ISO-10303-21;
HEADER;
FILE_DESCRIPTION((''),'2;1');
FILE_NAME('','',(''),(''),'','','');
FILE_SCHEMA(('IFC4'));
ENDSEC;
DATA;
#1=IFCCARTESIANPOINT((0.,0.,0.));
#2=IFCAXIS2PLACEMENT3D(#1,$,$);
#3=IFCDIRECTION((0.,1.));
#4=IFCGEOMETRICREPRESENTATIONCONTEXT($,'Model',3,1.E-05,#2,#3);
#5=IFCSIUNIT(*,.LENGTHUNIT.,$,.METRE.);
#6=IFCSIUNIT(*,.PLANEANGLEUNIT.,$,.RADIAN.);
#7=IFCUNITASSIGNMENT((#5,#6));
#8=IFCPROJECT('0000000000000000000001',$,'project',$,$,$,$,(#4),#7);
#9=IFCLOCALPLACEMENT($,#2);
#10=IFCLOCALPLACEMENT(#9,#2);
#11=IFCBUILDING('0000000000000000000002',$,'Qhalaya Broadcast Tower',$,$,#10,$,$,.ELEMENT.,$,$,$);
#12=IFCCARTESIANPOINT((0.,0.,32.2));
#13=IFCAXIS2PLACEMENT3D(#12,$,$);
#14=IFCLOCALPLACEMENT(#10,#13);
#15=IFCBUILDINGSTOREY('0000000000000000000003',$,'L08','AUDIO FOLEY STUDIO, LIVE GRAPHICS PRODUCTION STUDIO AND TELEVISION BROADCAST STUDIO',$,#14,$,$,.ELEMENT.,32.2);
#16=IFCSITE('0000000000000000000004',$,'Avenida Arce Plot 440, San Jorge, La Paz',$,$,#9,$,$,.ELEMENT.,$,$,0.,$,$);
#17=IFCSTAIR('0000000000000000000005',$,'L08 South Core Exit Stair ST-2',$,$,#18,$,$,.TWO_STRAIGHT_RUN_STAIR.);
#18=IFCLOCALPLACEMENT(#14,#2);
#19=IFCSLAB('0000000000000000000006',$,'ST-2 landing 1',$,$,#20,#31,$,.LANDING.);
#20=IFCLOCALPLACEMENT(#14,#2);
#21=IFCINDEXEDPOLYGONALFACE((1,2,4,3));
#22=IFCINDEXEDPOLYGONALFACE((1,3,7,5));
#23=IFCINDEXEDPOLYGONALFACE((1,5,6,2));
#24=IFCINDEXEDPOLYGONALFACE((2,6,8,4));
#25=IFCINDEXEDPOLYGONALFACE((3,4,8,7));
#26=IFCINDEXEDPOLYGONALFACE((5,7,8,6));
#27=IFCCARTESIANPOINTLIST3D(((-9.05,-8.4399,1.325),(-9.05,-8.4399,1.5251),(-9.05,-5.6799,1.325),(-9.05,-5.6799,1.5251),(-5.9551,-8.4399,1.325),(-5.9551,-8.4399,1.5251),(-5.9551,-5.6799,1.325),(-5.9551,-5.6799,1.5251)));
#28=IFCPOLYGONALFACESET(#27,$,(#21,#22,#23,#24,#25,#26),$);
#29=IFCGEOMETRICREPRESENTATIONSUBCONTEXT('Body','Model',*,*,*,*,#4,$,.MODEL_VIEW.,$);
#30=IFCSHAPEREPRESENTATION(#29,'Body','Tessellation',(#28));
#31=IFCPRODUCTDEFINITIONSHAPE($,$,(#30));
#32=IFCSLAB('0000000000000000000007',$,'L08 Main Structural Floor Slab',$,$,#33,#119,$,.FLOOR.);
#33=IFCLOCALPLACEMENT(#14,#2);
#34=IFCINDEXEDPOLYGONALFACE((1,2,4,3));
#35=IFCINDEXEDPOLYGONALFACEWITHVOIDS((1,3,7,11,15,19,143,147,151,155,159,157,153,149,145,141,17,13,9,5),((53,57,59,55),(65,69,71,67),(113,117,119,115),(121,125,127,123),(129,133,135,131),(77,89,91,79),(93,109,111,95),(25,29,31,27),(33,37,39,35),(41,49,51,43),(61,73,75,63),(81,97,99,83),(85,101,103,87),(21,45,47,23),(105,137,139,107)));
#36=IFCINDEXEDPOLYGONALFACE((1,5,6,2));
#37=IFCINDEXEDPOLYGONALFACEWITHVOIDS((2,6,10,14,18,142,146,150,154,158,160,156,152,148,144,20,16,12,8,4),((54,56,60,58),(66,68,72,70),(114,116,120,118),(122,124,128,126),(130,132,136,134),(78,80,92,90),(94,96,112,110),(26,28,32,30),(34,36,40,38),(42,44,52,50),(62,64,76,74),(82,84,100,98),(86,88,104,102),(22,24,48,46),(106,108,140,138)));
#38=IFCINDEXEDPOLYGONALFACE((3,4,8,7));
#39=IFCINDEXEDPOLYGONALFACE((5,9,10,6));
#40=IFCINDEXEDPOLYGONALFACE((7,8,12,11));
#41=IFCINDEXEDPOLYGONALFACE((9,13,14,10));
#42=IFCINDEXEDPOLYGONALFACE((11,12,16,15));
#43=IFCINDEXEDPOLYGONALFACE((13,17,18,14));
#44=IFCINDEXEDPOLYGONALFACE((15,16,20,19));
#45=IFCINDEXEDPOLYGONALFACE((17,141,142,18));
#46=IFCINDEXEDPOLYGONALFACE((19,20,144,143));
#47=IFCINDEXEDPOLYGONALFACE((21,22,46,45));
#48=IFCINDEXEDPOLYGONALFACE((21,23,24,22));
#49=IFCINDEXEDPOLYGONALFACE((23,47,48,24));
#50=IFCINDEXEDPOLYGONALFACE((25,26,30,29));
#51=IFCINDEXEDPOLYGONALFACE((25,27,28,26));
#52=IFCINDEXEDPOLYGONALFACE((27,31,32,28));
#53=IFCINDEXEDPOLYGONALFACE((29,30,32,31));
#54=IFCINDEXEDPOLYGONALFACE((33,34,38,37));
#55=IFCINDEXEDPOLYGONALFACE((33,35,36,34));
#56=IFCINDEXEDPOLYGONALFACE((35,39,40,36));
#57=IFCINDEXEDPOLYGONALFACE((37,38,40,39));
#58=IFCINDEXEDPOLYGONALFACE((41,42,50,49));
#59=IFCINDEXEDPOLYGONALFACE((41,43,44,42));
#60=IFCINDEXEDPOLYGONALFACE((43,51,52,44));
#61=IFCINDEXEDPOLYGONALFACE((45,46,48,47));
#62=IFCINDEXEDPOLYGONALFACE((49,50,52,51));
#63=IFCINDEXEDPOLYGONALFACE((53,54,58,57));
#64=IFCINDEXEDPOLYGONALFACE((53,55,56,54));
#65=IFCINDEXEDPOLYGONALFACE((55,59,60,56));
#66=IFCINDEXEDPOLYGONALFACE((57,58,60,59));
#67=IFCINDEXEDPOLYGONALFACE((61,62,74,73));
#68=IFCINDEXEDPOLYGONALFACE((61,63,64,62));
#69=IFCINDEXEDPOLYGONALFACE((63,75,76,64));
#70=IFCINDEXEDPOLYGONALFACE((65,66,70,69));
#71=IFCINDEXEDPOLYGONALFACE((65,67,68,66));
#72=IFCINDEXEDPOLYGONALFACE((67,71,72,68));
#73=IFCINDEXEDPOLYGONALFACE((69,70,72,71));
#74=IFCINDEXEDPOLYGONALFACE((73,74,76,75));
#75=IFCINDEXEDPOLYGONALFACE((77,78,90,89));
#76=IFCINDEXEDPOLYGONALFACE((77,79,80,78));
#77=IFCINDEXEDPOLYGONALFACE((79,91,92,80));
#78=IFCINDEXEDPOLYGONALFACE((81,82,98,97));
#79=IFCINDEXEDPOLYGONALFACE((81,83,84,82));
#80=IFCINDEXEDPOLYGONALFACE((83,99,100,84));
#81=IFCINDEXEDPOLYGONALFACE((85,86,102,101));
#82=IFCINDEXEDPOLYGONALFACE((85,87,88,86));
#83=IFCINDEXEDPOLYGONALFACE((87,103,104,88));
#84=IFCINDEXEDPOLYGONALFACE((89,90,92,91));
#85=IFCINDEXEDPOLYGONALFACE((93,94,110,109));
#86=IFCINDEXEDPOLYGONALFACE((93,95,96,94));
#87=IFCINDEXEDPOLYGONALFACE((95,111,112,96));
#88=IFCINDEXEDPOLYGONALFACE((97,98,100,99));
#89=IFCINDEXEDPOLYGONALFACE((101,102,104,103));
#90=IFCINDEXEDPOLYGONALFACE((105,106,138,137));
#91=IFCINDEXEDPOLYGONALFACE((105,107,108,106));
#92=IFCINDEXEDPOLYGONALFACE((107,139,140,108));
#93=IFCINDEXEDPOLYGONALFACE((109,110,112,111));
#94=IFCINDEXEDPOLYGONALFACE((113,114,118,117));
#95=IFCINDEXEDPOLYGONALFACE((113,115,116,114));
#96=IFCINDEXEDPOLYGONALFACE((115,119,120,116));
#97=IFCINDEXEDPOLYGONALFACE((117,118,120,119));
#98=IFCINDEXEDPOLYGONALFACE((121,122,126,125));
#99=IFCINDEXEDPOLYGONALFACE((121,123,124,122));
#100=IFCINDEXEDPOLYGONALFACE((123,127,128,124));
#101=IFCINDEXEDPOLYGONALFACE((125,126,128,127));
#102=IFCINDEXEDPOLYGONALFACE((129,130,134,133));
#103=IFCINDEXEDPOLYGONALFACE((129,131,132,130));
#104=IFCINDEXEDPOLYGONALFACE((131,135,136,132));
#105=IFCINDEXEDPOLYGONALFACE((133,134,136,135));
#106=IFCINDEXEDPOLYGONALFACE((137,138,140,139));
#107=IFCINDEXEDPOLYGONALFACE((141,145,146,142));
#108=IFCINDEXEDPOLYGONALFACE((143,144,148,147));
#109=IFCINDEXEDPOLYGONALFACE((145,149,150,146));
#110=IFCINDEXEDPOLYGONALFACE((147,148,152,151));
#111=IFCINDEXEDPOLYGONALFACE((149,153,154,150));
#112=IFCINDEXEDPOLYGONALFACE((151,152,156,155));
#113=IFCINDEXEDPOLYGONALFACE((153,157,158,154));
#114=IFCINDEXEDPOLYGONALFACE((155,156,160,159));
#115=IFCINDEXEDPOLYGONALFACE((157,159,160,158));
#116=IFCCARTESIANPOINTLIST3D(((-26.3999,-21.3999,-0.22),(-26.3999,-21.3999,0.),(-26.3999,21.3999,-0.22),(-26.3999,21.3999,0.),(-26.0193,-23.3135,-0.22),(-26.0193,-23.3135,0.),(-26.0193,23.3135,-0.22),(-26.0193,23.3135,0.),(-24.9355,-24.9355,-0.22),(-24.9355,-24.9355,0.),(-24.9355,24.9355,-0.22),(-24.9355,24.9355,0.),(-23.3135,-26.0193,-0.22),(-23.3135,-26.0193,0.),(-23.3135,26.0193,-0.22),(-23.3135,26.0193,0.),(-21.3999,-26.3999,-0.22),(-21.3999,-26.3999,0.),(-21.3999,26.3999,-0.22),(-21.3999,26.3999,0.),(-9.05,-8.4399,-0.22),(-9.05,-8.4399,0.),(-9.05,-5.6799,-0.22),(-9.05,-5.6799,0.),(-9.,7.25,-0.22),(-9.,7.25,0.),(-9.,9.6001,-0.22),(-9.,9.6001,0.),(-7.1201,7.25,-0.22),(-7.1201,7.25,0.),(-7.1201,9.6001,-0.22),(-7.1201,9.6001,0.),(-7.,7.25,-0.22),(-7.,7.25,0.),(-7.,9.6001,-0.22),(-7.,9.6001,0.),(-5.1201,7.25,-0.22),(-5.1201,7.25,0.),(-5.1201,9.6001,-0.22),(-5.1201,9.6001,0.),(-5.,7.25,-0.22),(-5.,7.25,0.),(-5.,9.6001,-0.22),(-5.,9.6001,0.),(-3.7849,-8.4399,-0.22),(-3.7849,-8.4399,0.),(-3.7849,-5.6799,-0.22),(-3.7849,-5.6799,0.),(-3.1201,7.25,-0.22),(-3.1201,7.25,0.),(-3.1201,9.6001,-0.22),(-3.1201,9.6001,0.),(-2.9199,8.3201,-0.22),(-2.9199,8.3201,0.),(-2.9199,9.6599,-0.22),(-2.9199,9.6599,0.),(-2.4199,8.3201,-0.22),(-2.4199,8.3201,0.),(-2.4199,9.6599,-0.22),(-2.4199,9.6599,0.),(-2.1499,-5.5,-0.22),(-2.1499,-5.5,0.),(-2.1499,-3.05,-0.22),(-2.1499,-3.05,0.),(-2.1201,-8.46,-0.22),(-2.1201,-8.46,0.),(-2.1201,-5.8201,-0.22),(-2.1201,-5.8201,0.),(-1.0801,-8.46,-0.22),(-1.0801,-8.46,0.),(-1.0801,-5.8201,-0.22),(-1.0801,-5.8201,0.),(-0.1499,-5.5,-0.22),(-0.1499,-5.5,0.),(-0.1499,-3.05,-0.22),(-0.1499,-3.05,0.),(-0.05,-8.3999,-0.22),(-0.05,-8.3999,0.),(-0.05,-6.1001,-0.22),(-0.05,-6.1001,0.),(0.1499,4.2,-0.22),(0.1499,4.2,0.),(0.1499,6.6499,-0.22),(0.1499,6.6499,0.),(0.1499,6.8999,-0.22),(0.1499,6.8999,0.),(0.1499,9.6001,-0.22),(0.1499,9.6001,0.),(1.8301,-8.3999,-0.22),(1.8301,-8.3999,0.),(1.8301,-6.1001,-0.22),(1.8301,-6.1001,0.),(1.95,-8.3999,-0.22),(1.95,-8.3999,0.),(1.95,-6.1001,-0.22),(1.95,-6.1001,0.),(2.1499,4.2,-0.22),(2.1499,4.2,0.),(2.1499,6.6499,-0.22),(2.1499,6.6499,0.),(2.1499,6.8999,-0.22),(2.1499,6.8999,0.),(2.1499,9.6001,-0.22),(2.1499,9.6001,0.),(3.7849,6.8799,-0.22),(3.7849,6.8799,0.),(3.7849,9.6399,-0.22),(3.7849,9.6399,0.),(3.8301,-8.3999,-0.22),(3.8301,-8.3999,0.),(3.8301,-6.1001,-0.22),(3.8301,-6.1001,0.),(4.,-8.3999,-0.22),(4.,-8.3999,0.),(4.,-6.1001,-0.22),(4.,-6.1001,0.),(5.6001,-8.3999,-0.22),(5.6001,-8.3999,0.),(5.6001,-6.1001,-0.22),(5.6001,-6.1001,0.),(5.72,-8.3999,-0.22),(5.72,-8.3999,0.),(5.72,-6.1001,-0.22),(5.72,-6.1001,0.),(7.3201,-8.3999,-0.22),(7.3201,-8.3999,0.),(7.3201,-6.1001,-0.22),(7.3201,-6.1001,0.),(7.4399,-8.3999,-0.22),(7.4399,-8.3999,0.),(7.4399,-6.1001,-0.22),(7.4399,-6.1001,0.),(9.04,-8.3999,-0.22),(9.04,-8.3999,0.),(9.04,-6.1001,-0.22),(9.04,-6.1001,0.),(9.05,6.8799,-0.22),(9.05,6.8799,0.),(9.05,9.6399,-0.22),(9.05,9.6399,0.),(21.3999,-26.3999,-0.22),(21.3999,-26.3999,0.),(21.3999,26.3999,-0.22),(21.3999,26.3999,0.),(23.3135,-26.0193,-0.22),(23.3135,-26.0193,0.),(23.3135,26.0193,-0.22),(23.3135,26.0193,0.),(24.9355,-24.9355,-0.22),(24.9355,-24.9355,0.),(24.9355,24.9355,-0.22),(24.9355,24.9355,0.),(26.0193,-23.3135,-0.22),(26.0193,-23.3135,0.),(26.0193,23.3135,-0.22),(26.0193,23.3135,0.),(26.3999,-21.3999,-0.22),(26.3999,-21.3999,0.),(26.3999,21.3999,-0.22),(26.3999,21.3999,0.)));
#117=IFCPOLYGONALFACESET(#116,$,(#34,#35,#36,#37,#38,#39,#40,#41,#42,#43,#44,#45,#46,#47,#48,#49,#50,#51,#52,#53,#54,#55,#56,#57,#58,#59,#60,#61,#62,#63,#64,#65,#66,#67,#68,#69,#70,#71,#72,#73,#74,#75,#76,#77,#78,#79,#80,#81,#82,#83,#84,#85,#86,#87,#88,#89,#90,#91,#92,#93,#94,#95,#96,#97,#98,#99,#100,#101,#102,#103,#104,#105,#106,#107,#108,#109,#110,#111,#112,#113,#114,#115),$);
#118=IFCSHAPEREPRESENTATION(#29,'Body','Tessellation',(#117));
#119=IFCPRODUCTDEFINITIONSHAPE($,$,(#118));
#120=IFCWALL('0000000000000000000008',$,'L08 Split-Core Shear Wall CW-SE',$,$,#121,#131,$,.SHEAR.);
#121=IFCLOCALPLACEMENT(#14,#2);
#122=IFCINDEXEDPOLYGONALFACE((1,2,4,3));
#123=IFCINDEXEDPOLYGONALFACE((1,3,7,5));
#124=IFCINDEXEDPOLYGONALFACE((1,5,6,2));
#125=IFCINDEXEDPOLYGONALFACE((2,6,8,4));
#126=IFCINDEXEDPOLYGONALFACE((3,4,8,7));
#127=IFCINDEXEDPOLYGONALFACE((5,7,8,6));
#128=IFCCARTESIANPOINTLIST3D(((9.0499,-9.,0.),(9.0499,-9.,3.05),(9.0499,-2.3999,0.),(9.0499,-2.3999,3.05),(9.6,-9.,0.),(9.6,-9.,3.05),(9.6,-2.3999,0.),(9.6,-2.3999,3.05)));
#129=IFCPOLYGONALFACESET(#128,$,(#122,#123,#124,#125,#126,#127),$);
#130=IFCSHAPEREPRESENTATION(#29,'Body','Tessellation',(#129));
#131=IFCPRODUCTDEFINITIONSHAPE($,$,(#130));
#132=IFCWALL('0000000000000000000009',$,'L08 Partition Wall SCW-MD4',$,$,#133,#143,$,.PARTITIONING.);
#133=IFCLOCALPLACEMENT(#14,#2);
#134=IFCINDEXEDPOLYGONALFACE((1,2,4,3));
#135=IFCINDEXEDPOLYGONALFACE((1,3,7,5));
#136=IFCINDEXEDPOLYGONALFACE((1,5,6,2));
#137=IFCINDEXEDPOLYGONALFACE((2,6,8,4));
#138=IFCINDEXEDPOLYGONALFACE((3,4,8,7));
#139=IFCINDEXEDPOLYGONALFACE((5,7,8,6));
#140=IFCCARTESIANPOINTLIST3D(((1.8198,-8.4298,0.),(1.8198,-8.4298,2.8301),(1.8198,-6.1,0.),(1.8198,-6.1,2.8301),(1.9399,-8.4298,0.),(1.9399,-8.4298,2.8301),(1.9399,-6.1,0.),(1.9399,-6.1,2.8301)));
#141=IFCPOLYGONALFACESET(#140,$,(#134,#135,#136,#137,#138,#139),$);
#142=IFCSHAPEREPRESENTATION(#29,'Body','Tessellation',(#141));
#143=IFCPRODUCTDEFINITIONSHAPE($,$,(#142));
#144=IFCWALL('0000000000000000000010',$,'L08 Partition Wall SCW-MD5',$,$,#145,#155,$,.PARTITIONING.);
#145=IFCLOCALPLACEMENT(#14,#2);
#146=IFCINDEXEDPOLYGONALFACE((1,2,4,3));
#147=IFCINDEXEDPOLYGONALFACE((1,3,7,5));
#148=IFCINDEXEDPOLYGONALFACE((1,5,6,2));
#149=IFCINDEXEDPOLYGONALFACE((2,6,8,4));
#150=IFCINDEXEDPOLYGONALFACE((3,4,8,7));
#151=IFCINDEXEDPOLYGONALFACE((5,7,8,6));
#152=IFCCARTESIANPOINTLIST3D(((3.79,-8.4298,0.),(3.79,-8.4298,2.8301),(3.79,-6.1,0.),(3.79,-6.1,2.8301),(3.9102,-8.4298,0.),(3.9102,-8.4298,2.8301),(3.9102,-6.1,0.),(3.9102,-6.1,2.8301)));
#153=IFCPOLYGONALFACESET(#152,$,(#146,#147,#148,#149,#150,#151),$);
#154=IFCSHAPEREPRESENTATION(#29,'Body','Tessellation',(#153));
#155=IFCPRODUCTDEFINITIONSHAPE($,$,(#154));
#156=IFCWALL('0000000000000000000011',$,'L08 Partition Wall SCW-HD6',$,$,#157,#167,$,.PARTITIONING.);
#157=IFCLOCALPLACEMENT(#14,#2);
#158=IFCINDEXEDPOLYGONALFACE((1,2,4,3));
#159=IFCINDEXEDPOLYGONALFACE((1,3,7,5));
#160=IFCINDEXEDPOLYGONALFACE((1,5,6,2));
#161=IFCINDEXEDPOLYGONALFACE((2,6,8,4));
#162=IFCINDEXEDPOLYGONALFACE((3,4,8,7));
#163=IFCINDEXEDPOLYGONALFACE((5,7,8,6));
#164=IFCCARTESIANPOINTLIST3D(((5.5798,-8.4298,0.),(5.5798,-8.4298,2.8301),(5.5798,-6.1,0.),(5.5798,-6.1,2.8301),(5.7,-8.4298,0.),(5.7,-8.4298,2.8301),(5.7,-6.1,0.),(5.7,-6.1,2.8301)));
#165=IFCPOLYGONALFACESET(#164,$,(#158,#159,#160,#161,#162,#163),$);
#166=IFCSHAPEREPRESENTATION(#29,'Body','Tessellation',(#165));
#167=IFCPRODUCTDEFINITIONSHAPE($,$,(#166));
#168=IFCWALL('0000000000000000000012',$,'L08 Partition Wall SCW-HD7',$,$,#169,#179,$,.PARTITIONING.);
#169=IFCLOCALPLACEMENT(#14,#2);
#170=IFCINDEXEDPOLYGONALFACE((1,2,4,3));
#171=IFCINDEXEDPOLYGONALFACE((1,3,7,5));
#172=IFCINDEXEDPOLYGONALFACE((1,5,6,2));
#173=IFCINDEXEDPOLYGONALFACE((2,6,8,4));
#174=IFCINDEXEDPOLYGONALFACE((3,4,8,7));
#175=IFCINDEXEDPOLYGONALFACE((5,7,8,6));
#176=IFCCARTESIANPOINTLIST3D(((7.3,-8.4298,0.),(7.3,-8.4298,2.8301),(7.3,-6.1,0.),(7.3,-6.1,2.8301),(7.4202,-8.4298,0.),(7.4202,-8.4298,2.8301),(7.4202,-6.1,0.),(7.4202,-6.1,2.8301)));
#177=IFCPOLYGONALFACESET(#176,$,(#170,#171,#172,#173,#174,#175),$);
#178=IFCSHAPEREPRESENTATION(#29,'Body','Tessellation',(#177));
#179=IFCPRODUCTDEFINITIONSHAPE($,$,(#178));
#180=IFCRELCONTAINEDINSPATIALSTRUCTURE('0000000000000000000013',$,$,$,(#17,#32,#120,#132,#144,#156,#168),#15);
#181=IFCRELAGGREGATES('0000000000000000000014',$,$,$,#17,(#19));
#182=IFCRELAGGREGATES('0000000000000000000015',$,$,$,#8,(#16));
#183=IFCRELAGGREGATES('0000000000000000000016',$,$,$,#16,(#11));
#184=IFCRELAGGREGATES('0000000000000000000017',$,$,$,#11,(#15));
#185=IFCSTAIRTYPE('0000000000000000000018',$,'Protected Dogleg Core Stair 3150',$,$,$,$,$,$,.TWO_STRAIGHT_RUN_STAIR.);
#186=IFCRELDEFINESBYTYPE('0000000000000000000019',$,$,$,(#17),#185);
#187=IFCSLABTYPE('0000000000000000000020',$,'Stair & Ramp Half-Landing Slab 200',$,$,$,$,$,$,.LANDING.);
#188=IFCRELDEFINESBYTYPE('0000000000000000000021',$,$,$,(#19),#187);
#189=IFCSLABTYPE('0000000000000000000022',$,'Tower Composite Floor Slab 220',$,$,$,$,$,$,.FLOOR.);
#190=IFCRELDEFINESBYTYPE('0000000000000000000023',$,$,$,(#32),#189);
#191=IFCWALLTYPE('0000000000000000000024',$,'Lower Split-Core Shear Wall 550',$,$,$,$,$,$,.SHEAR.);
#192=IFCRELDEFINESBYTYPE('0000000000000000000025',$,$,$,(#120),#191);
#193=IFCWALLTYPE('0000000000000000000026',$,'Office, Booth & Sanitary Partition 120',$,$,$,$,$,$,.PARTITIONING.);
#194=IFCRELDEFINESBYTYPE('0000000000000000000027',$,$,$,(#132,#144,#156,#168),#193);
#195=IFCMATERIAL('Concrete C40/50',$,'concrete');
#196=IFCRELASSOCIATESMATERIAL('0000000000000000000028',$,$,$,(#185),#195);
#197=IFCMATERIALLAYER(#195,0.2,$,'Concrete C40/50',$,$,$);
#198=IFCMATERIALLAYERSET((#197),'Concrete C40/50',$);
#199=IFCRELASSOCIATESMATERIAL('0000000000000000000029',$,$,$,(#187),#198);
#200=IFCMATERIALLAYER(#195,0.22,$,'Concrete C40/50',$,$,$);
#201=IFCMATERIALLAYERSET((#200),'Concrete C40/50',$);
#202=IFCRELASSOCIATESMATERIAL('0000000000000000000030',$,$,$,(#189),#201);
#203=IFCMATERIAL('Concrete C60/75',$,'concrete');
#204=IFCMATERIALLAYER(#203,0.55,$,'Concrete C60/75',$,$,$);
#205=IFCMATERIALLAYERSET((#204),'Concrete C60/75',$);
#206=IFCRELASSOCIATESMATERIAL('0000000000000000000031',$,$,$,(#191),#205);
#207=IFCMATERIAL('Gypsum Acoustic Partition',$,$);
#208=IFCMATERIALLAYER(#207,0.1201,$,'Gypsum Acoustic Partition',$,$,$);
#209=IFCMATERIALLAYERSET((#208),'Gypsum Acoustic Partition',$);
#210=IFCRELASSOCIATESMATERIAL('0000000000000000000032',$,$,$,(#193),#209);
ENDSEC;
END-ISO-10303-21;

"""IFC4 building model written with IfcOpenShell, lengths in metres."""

from ifc_helpers import new_model, si_unit, direction, frame, frame_2d, origin, place, context, subcontext, project, spatial, polyline, rectangle, outline, extrude, material, layer, layer_set, type_object, element, aggregate, save


model = new_model("IFC4")

# Units and contexts
model_context = context("Model", 3, precision=1e-05, world=origin(), true_north=direction((0.0, 1.0)))
body_context = subcontext(model_context, "Body", "Model", "MODEL_VIEW")
ifc_project = project(units=[si_unit("LENGTHUNIT", "METRE"), si_unit("PLANEANGLEUNIT", "RADIAN")], contexts=[model_context])

# Site, building, storey
site_placement = place(None, origin())
site = spatial("IfcSite", under=ifc_project, at=site_placement, Name="Avenida Arce Plot 440, San Jorge, La Paz", CompositionType="ELEMENT", RefElevation=0.0)
building_placement = place(site_placement, origin())
building = spatial("IfcBuilding", under=site, at=building_placement, Name="Qhalaya Broadcast Tower", CompositionType="ELEMENT")
storey_placement = place(building_placement, frame((0.0, 0.0, 32.2)))
storey = spatial("IfcBuildingStorey", under=building, at=storey_placement, Name="L08", Description="AUDIO FOLEY STUDIO, LIVE GRAPHICS PRODUCTION STUDIO AND TELEVISION BROADCAST STUDIO", CompositionType="ELEMENT", Elevation=32.2)

# Stair, slab
ifc_material_1 = material(Name="Concrete C40/50", Category="concrete")
stair_type = type_object("IfcStairType", Name="Protected Dogleg Core Stair 3150", PredefinedType="TWO_STRAIGHT_RUN_STAIR", material=ifc_material_1)
ifc_layer_1 = layer(ifc_material_1, 0.2, Name="Concrete C40/50")
ifc_layer_set_1 = layer_set([ifc_layer_1], Name="Concrete C40/50")
slab_type_1 = type_object("IfcSlabType", Name="Stair & Ramp Half-Landing Slab 200", PredefinedType="LANDING", material=ifc_layer_set_1)
stair_1_placement = place(storey_placement, origin())
stair_1 = element("IfcStair", 1, at=stair_1_placement, inside=storey, type_object=stair_type, Name="L08 South Core Exit Stair ST-2", PredefinedType="TWO_STRAIGHT_RUN_STAIR")
slab_1_placement = place(storey_placement, frame((0.0, 0.0, 1.325)))
slab_1 = element("IfcSlab", 2, at=slab_1_placement, type_object=slab_type_1, Name="ST-2 landing 1", PredefinedType="LANDING", context=body_context, shape_type="SweptSolid", body=[
    extrude(outline(polyline([(-5.9551, -5.6799), (-9.05, -5.6799), (-9.05, -8.4399), (-5.9551, -8.4399), (-5.9551, -5.6799)])), origin(), (0.0, 0.0, 1.0), 0.2002),
])
aggregate(stair_1, [slab_1])

# Slab
ifc_layer_2 = layer(ifc_material_1, 0.22, Name="Concrete C40/50")
ifc_layer_set_2 = layer_set([ifc_layer_2], Name="Concrete C40/50")
slab_type_2 = type_object("IfcSlabType", Name="Tower Composite Floor Slab 220", PredefinedType="FLOOR", material=ifc_layer_set_2)
slab_2_placement = place(storey_placement, frame((0.0, 0.0, -0.22)))
element("IfcSlab", 3, at=slab_2_placement, inside=storey, type_object=slab_type_2, Name="L08 Main Structural Floor Slab", PredefinedType="FLOOR", context=body_context, shape_type="SweptSolid", body=[
    extrude(outline(polyline([(21.3999, -26.3999), (23.3135, -26.0193), (24.9355, -24.9355), (26.0193, -23.3135), (26.3999, -21.3999), (26.3999, 21.3999), (26.0193, 23.3135), (24.9355, 24.9355), (23.3135, 26.0193), (21.3999, 26.3999), (-21.3999, 26.3999), (-23.3135, 26.0193), (-24.9355, 24.9355), (-26.0193, 23.3135), (-26.3999, 21.3999), (-26.3999, -21.3999), (-26.0193, -23.3135), (-24.9355, -24.9355), (-23.3135, -26.0193), (-21.3999, -26.3999), (21.3999, -26.3999)]), holes=[polyline([(3.7849, 9.6399), (9.05, 9.6399), (9.05, 6.8799), (3.7849, 6.8799), (3.7849, 9.6399)]), polyline([(-3.7849, -8.4399), (-9.05, -8.4399), (-9.05, -5.6799), (-3.7849, -5.6799), (-3.7849, -8.4399)]), polyline([(0.1499, 6.6499), (2.1499, 6.6499), (2.1499, 4.2), (0.1499, 4.2), (0.1499, 6.6499)]), polyline([(0.1499, 9.6001), (2.1499, 9.6001), (2.1499, 6.8999), (0.1499, 6.8999), (0.1499, 9.6001)]), polyline([(-2.1499, -3.05), (-0.1499, -3.05), (-0.1499, -5.5), (-2.1499, -5.5), (-2.1499, -3.05)]), polyline([(-9.0, 9.6001), (-7.1201, 9.6001), (-7.1201, 7.25), (-9.0, 7.25), (-9.0, 9.6001)]), polyline([(-7.0, 9.6001), (-5.1201, 9.6001), (-5.1201, 7.25), (-7.0, 7.25), (-7.0, 9.6001)]), polyline([(-5.0, 9.6001), (-3.1201, 9.6001), (-3.1201, 7.25), (-5.0, 7.25), (-5.0, 9.6001)]), polyline([(-0.05, -6.1001), (1.8301, -6.1001), (1.8301, -8.3999), (-0.05, -8.3999), (-0.05, -6.1001)]), polyline([(1.95, -6.1001), (3.8301, -6.1001), (3.8301, -8.3999), (1.95, -8.3999), (1.95, -6.1001)]), polyline([(4.0, -6.1001), (5.6001, -6.1001), (5.6001, -8.3999), (4.0, -8.3999), (4.0, -6.1001)]), polyline([(5.72, -6.1001), (7.3201, -6.1001), (7.3201, -8.3999), (5.72, -8.3999), (5.72, -6.1001)]), polyline([(7.4399, -6.1001), (9.04, -6.1001), (9.04, -8.3999), (7.4399, -8.3999), (7.4399, -6.1001)]), polyline([(-2.9199, 9.6599), (-2.4199, 9.6599), (-2.4199, 8.3201), (-2.9199, 8.3201), (-2.9199, 9.6599)]), polyline([(-2.1201, -5.8201), (-1.0801, -5.8201), (-1.0801, -8.46), (-2.1201, -8.46), (-2.1201, -5.8201)])]), origin(), (0.0, 0.0, 1.0), 0.22),
])

# Walls
ifc_material_2 = material(Name="Concrete C60/75", Category="concrete")
ifc_layer_3 = layer(ifc_material_2, 0.55, Name="Concrete C60/75")
ifc_layer_set_3 = layer_set([ifc_layer_3], Name="Concrete C60/75")
wall_type_1 = type_object("IfcWallType", Name="Lower Split-Core Shear Wall 550", PredefinedType="SHEAR", material=ifc_layer_set_3)
wall_1_placement = place(storey_placement, frame((9.325, -9.0, 0.0), z_axis=(0.0, 0.0, 1.0), x_axis=(0.0, 1.0, 0.0)))
element("IfcWall", 4, at=wall_1_placement, inside=storey, type_object=wall_type_1, Name="L08 Split-Core Shear Wall CW-SE", PredefinedType="SHEAR", context=body_context, shape_type="SweptSolid", body=[
    extrude(rectangle(XDim=6.6001, YDim=0.55, at=frame_2d((3.3, 0.0))), origin(), (0.0, 0.0, 1.0), 3.05),
])
ifc_material_3 = material(Name="Gypsum Acoustic Partition")
ifc_layer_4 = layer(ifc_material_3, 0.1201, Name="Gypsum Acoustic Partition")
ifc_layer_set_4 = layer_set([ifc_layer_4], Name="Gypsum Acoustic Partition")
wall_type_2 = type_object("IfcWallType", Name="Office, Booth & Sanitary Partition 120", PredefinedType="PARTITIONING", material=ifc_layer_set_4)
for number, where, z_axis, x_axis, name in (
    (5, (1.8799, -8.4299, 0.0), (0.0, 0.0, 1.0), (0.0, 1.0, 0.0), "L08 Partition Wall SCW-MD4"),
    (6, (3.8501, -8.4299, 0.0), (0.0, 0.0, 1.0), (0.0, 1.0, 0.0), "L08 Partition Wall SCW-MD5"),
    (7, (5.6399, -8.4299, 0.0), (0.0, 0.0, 1.0), (0.0, 1.0, 0.0), "L08 Partition Wall SCW-HD6"),
    (8, (7.3601, -8.4299, 0.0), (0.0, 0.0, 1.0), (0.0, 1.0, 0.0), "L08 Partition Wall SCW-HD7"),
):
    element("IfcWall", number, at=place(storey_placement, frame(where, z_axis=z_axis, x_axis=x_axis)), inside=storey, type_object=wall_type_2, Name=name, PredefinedType="PARTITIONING", context=body_context, shape_type="SweptSolid", body=[
        extrude(rectangle(XDim=2.3298, YDim=0.1201, at=frame_2d((1.165, 0.0))), origin(), (0.0, 0.0, 1.0), 2.8301),
    ])

save(model, "model.ifc")
